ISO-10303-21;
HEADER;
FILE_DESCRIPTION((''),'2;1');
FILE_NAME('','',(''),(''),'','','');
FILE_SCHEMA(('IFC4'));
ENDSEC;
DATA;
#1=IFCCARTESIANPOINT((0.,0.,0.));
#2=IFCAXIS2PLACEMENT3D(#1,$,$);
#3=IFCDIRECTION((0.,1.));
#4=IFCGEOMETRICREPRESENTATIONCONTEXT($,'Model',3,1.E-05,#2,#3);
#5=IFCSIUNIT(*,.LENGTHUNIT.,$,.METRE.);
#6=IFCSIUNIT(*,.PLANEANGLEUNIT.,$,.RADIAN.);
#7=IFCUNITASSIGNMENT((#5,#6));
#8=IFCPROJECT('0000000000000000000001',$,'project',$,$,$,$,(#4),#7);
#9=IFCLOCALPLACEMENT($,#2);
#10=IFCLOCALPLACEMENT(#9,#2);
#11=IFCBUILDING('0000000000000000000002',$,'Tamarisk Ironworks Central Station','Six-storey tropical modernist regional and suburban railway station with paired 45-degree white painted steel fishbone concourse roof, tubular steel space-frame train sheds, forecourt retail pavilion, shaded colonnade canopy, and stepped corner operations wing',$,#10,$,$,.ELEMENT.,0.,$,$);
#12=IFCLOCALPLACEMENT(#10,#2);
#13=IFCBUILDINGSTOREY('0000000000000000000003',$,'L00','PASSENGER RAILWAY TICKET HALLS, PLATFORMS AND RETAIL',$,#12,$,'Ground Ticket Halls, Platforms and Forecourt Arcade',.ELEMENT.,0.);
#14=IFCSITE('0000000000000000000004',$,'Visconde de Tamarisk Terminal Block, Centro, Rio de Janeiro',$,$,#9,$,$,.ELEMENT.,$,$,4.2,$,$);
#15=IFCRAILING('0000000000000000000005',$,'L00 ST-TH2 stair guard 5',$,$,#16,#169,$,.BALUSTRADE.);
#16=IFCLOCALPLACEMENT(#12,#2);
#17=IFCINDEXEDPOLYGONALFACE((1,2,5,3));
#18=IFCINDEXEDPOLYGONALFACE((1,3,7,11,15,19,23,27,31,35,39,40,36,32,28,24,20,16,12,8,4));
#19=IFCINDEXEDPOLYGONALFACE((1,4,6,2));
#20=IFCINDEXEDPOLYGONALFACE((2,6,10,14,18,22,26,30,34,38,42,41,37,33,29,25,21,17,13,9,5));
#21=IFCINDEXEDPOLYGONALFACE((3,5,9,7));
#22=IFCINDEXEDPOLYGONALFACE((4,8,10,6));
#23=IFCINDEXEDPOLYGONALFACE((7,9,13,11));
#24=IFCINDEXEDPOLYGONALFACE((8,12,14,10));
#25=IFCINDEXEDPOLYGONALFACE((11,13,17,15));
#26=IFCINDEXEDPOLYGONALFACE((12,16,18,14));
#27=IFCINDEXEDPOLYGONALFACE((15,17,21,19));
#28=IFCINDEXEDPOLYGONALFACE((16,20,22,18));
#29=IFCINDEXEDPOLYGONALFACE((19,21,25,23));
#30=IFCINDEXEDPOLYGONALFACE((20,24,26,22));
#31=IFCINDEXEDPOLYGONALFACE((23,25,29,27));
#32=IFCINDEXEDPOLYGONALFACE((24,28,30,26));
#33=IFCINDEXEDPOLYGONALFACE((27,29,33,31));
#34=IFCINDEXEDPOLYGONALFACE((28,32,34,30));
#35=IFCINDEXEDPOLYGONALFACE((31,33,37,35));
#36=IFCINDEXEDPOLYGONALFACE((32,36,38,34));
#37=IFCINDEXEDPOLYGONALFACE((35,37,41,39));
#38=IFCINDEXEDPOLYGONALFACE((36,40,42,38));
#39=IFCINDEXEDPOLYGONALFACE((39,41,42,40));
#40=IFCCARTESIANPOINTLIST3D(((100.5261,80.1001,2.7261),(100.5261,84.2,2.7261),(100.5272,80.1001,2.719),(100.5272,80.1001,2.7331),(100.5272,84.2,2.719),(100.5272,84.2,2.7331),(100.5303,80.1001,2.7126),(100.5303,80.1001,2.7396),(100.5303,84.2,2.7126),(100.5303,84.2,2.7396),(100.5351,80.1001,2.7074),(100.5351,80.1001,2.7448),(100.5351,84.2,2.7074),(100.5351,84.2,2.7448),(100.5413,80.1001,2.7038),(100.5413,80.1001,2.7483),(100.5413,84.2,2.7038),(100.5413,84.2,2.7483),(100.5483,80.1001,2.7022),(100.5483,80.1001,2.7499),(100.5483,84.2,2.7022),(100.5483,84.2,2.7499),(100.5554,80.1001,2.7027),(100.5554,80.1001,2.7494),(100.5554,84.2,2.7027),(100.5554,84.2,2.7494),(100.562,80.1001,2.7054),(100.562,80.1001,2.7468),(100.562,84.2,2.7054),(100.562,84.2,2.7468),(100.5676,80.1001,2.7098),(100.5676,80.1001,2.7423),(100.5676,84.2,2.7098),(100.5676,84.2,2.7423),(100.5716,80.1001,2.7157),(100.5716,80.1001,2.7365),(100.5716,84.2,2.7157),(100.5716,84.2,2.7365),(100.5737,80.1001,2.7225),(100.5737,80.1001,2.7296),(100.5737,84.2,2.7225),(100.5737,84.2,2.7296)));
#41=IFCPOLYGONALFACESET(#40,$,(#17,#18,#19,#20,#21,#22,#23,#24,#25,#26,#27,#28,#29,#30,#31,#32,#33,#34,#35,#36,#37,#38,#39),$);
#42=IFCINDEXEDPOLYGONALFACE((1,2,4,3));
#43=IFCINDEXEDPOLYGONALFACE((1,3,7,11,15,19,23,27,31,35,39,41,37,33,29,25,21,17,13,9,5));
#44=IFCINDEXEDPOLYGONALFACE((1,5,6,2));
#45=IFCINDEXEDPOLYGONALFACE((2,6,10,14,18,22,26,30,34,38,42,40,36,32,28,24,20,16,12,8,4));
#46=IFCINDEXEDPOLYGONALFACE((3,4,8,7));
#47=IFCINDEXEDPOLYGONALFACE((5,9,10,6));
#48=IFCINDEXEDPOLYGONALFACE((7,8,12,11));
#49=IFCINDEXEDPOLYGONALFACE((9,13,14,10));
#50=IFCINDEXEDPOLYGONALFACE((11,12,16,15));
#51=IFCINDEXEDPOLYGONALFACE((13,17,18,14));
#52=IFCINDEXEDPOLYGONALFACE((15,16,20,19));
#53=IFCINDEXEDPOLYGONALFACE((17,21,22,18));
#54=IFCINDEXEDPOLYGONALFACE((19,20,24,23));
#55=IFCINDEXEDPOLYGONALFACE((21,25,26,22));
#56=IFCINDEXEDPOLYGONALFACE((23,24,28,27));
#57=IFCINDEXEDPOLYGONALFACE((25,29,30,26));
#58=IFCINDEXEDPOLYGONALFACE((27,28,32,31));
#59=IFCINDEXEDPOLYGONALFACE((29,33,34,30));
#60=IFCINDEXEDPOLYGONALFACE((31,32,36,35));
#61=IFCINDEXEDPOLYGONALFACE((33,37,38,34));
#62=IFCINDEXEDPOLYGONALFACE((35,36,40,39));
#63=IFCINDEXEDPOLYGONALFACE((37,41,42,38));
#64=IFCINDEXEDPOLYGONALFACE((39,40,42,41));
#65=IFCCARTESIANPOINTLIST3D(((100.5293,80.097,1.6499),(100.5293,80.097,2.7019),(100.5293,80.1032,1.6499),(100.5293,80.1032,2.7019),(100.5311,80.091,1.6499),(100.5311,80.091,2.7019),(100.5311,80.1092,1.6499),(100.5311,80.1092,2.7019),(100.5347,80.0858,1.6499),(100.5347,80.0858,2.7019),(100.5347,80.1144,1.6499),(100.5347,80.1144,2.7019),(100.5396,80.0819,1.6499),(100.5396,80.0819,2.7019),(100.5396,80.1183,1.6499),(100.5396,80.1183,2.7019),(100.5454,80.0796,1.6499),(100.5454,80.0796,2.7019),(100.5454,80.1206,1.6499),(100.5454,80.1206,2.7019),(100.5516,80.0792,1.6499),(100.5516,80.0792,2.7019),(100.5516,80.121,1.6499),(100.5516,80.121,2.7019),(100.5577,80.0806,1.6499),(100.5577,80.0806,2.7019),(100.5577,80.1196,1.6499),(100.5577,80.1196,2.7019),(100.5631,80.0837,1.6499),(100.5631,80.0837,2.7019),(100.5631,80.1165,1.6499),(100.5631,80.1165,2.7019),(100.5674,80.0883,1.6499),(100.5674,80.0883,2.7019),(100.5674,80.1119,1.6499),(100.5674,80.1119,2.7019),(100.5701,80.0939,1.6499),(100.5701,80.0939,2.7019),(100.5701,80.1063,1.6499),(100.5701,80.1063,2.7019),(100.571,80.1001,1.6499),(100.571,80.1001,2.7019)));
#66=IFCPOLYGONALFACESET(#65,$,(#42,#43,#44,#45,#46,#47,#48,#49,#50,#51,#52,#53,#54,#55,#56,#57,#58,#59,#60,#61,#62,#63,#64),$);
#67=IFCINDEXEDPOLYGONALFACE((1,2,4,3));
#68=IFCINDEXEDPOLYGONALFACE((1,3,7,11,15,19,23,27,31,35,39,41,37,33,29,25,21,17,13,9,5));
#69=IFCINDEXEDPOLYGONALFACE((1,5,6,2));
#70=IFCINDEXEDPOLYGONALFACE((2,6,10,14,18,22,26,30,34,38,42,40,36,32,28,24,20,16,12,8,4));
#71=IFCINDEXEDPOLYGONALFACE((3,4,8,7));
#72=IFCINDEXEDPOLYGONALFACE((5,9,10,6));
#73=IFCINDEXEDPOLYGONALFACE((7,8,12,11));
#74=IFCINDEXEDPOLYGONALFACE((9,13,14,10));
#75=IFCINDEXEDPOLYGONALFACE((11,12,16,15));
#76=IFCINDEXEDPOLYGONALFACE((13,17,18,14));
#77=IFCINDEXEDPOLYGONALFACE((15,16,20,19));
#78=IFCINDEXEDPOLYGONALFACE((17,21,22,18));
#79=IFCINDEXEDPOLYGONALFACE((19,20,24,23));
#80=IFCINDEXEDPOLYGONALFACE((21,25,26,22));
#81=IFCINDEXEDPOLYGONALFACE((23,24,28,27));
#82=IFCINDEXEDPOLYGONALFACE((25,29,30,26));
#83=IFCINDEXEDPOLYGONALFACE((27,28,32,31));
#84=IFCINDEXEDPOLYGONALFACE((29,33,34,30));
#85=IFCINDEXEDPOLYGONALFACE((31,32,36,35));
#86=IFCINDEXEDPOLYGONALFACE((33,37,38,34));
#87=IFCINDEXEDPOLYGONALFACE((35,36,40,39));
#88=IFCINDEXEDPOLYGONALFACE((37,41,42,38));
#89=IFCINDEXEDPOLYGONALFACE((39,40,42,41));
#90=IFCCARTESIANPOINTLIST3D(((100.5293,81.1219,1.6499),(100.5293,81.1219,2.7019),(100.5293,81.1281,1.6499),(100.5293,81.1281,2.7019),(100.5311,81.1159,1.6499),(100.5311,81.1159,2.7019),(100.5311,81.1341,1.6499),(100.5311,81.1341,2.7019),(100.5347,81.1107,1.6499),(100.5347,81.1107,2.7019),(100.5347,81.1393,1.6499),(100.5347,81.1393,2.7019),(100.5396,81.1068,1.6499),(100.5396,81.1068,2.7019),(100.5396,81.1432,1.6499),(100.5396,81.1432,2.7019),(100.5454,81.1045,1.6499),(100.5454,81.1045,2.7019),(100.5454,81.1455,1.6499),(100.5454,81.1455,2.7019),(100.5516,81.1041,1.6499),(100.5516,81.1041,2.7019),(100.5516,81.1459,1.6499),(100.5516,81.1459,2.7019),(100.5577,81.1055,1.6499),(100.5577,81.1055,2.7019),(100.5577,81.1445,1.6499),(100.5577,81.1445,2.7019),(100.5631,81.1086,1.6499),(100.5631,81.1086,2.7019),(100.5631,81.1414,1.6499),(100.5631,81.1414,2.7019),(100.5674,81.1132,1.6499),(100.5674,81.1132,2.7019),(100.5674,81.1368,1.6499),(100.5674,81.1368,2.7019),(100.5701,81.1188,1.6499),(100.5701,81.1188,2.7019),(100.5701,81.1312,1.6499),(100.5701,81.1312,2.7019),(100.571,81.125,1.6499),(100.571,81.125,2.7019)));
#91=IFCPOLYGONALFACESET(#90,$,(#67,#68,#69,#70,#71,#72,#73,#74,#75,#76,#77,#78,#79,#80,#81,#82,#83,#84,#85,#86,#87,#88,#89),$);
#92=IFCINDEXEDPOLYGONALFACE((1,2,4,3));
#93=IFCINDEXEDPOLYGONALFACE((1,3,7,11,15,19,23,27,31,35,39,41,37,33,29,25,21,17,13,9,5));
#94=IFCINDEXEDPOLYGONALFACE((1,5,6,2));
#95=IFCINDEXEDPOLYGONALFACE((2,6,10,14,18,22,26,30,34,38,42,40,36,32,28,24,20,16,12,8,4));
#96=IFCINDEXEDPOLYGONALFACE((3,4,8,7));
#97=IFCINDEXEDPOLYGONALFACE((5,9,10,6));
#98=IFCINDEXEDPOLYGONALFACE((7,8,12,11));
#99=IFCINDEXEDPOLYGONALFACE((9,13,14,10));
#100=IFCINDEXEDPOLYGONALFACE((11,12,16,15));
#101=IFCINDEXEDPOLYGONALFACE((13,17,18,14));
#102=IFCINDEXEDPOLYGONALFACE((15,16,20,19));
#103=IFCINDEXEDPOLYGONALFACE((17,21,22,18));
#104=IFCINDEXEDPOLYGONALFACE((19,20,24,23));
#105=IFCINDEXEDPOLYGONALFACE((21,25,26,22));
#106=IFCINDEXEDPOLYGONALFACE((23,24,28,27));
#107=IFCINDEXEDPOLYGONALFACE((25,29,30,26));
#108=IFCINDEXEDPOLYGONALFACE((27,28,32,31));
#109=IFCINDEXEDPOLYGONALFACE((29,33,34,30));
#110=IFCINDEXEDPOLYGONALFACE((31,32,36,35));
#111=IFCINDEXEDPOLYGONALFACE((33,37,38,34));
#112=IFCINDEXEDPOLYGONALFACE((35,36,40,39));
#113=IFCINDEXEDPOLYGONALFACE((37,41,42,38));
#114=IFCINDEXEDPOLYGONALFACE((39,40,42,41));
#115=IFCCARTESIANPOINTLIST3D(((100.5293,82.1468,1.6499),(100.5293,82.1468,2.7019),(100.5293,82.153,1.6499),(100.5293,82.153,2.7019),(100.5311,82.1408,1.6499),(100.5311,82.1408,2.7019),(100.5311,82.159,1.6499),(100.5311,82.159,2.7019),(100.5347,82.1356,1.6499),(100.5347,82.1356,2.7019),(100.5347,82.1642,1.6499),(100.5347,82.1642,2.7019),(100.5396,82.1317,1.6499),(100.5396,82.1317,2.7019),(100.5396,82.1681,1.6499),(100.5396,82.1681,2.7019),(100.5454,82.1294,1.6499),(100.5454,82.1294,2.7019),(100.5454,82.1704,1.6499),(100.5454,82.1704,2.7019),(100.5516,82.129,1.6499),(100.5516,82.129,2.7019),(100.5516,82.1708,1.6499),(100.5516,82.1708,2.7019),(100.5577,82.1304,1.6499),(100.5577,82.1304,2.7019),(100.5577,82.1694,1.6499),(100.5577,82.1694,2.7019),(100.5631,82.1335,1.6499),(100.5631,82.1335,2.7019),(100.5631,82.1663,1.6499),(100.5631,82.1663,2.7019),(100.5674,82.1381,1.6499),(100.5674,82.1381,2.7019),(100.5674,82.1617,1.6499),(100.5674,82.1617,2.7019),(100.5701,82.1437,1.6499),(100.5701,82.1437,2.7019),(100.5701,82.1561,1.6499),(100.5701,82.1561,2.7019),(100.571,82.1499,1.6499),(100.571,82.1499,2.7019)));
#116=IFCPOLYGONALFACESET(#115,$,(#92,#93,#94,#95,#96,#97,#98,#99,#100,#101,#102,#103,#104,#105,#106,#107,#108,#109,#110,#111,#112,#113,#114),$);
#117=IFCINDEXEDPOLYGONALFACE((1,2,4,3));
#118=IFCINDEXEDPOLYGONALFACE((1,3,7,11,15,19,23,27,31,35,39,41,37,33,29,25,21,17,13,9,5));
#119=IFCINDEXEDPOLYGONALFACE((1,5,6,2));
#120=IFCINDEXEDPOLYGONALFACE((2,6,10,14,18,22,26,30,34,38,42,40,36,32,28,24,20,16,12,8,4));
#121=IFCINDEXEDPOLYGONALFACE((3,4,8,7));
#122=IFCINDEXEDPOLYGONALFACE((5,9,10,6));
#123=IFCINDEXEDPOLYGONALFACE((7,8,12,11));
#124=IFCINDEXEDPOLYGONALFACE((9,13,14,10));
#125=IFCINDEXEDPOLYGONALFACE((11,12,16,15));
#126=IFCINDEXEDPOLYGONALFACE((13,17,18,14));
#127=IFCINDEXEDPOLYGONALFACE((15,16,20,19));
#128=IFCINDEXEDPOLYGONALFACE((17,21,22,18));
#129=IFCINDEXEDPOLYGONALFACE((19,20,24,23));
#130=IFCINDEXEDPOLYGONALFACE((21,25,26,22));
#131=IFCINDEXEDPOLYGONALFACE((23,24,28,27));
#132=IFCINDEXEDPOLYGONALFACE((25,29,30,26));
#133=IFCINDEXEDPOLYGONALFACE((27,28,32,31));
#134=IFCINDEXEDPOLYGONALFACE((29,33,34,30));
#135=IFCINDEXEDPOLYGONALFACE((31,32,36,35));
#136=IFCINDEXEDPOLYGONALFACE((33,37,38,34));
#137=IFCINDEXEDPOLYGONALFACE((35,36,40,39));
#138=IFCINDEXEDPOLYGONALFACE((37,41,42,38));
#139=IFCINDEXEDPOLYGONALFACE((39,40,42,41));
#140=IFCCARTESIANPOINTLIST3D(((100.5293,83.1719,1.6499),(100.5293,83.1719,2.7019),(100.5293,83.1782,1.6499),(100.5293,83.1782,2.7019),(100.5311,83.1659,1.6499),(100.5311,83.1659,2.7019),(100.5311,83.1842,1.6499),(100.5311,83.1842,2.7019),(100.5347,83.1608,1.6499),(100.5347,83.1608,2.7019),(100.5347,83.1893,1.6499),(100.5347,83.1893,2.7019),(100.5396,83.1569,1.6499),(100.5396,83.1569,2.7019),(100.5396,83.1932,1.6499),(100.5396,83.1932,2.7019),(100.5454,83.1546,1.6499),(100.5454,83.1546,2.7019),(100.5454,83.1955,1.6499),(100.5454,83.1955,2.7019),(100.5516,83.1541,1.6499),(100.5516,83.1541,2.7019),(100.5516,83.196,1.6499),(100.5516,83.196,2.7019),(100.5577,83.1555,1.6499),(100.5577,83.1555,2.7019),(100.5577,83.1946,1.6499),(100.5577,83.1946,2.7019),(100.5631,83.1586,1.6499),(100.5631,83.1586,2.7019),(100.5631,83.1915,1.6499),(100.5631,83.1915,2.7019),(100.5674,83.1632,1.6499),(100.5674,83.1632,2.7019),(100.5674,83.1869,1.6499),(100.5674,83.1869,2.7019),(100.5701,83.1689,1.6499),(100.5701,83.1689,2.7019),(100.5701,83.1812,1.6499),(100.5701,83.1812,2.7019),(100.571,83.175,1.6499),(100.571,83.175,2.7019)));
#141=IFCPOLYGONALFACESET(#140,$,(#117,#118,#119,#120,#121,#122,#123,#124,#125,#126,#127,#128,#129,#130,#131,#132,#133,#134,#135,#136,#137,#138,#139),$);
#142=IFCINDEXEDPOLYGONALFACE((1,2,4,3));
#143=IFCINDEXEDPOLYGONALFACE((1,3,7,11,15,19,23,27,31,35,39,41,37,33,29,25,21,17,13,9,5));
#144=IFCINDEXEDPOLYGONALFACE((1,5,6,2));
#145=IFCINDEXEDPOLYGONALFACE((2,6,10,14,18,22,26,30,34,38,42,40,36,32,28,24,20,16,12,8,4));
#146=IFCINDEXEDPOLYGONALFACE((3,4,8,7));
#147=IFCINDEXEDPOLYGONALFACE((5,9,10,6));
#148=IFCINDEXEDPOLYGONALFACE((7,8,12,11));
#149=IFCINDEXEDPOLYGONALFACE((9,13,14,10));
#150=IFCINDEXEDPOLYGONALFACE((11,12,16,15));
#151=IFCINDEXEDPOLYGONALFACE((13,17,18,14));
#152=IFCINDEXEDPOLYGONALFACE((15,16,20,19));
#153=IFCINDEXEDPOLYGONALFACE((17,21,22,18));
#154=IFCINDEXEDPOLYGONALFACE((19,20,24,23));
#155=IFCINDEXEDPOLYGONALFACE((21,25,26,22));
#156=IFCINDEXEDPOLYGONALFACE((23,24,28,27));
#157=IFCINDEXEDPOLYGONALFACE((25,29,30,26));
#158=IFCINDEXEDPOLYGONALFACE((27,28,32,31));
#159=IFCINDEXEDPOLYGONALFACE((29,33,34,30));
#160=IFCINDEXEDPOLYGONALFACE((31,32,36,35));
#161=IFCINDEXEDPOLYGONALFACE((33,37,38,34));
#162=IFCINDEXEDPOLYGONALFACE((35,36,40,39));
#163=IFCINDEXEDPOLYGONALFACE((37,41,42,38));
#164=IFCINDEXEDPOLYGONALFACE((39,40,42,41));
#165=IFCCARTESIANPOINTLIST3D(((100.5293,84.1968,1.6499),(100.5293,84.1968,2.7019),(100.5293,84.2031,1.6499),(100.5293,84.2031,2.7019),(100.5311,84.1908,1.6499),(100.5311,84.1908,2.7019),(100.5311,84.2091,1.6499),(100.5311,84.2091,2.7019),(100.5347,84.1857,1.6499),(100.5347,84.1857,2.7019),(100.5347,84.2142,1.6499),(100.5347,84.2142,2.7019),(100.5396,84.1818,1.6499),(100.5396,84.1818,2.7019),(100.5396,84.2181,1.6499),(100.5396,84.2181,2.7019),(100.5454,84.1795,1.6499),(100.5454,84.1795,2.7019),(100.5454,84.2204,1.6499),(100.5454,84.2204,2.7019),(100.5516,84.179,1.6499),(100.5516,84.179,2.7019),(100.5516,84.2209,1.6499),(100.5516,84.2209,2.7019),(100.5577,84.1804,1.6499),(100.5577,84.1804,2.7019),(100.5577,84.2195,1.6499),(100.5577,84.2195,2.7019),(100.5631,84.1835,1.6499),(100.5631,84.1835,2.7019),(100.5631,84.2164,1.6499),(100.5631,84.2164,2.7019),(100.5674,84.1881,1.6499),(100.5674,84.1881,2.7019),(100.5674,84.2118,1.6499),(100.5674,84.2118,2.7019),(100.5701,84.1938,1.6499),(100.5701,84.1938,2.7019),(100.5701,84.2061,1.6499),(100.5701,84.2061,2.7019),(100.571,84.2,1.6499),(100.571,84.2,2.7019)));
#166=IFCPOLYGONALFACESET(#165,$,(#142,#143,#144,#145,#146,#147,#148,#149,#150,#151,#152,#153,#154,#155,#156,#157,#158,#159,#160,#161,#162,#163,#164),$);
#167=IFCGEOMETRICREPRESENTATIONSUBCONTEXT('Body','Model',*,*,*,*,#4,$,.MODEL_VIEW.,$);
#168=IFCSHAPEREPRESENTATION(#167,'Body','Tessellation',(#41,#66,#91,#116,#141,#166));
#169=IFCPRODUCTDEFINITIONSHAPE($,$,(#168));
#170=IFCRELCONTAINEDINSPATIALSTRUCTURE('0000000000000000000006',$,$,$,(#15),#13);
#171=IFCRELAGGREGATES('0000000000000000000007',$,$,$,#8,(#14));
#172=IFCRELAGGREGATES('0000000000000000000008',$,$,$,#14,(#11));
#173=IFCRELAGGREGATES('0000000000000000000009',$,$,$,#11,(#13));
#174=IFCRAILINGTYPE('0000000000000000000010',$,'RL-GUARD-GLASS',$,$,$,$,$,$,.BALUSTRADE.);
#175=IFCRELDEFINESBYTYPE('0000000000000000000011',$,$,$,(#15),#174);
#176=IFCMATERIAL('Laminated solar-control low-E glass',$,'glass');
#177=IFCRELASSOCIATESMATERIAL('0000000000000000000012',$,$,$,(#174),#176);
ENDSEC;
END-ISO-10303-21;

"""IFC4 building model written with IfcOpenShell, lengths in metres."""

from ifc_helpers import new_model, si_unit, direction, frame, origin, origin_2d, place, context, subcontext, project, spatial, circle, extrude, material, type_object, element, save


model = new_model("IFC4")

# Units and contexts
model_context = context("Model", 3, precision=1e-05, world=origin(), true_north=direction((0.0, 1.0)))
body_context = subcontext(model_context, "Body", "Model", "MODEL_VIEW")
ifc_project = project(units=[si_unit("LENGTHUNIT", "METRE"), si_unit("PLANEANGLEUNIT", "RADIAN")], contexts=[model_context])

# Site, building, storey
site_placement = place(None, origin())
site = spatial("IfcSite", under=ifc_project, at=site_placement, Name="Visconde de Tamarisk Terminal Block, Centro, Rio de Janeiro", CompositionType="ELEMENT", RefElevation=4.2)
building_placement = place(site_placement, origin())
building = spatial("IfcBuilding", under=site, at=building_placement, Name="Tamarisk Ironworks Central Station", Description="Six-storey tropical modernist regional and suburban railway station with paired 45-degree white painted steel fishbone concourse roof, tubular steel space-frame train sheds, forecourt retail pavilion, shaded colonnade canopy, and stepped corner operations wing", CompositionType="ELEMENT", ElevationOfRefHeight=0.0)
storey_placement = place(building_placement, origin())
storey = spatial("IfcBuildingStorey", under=building, at=storey_placement, Name="L00", Description="PASSENGER RAILWAY TICKET HALLS, PLATFORMS AND RETAIL", LongName="Ground Ticket Halls, Platforms and Forecourt Arcade", CompositionType="ELEMENT", Elevation=0.0)

# Railing
ifc_material_1 = material(Name="Laminated solar-control low-E glass", Category="glass")
railing_type_1 = type_object("IfcRailingType", Name="RL-GUARD-GLASS", PredefinedType="BALUSTRADE", material=ifc_material_1)
railing_1_placement = place(storey_placement, frame((100.55, 80.1001, 1.6499)))
element("IfcRailing", 1, at=railing_1_placement, inside=storey, type_object=railing_type_1, Name="L00 ST-TH2 stair guard 5", PredefinedType="BALUSTRADE", context=body_context, shape_type="SweptSolid", body=[
    extrude(circle(Radius=0.0239, at=origin_2d()), frame((0.0, 0.0, 1.0762), z_axis=(0.0, 1.0, 0.0), x_axis=(-1.0, 0.0, 0.0)), (0.0, 0.0, 1.0), 4.0999),
    extrude(circle(Radius=0.021, at=origin_2d()), origin(), (0.0, 0.0, 1.0), 1.052),
    extrude(circle(Radius=0.021, at=origin_2d()), frame((0.0, 1.0249, 0.0)), (0.0, 0.0, 1.0), 1.052),
    extrude(circle(Radius=0.021, at=origin_2d()), frame((0.0, 2.0498, 0.0)), (0.0, 0.0, 1.0), 1.052),
    extrude(circle(Radius=0.021, at=origin_2d()), frame((0.0, 3.075, 0.0)), (0.0, 0.0, 1.0), 1.052),
    extrude(circle(Radius=0.021, at=origin_2d()), frame((0.0, 4.0999, 0.0)), (0.0, 0.0, 1.0), 1.052),
])

save(model, "model.ifc")
